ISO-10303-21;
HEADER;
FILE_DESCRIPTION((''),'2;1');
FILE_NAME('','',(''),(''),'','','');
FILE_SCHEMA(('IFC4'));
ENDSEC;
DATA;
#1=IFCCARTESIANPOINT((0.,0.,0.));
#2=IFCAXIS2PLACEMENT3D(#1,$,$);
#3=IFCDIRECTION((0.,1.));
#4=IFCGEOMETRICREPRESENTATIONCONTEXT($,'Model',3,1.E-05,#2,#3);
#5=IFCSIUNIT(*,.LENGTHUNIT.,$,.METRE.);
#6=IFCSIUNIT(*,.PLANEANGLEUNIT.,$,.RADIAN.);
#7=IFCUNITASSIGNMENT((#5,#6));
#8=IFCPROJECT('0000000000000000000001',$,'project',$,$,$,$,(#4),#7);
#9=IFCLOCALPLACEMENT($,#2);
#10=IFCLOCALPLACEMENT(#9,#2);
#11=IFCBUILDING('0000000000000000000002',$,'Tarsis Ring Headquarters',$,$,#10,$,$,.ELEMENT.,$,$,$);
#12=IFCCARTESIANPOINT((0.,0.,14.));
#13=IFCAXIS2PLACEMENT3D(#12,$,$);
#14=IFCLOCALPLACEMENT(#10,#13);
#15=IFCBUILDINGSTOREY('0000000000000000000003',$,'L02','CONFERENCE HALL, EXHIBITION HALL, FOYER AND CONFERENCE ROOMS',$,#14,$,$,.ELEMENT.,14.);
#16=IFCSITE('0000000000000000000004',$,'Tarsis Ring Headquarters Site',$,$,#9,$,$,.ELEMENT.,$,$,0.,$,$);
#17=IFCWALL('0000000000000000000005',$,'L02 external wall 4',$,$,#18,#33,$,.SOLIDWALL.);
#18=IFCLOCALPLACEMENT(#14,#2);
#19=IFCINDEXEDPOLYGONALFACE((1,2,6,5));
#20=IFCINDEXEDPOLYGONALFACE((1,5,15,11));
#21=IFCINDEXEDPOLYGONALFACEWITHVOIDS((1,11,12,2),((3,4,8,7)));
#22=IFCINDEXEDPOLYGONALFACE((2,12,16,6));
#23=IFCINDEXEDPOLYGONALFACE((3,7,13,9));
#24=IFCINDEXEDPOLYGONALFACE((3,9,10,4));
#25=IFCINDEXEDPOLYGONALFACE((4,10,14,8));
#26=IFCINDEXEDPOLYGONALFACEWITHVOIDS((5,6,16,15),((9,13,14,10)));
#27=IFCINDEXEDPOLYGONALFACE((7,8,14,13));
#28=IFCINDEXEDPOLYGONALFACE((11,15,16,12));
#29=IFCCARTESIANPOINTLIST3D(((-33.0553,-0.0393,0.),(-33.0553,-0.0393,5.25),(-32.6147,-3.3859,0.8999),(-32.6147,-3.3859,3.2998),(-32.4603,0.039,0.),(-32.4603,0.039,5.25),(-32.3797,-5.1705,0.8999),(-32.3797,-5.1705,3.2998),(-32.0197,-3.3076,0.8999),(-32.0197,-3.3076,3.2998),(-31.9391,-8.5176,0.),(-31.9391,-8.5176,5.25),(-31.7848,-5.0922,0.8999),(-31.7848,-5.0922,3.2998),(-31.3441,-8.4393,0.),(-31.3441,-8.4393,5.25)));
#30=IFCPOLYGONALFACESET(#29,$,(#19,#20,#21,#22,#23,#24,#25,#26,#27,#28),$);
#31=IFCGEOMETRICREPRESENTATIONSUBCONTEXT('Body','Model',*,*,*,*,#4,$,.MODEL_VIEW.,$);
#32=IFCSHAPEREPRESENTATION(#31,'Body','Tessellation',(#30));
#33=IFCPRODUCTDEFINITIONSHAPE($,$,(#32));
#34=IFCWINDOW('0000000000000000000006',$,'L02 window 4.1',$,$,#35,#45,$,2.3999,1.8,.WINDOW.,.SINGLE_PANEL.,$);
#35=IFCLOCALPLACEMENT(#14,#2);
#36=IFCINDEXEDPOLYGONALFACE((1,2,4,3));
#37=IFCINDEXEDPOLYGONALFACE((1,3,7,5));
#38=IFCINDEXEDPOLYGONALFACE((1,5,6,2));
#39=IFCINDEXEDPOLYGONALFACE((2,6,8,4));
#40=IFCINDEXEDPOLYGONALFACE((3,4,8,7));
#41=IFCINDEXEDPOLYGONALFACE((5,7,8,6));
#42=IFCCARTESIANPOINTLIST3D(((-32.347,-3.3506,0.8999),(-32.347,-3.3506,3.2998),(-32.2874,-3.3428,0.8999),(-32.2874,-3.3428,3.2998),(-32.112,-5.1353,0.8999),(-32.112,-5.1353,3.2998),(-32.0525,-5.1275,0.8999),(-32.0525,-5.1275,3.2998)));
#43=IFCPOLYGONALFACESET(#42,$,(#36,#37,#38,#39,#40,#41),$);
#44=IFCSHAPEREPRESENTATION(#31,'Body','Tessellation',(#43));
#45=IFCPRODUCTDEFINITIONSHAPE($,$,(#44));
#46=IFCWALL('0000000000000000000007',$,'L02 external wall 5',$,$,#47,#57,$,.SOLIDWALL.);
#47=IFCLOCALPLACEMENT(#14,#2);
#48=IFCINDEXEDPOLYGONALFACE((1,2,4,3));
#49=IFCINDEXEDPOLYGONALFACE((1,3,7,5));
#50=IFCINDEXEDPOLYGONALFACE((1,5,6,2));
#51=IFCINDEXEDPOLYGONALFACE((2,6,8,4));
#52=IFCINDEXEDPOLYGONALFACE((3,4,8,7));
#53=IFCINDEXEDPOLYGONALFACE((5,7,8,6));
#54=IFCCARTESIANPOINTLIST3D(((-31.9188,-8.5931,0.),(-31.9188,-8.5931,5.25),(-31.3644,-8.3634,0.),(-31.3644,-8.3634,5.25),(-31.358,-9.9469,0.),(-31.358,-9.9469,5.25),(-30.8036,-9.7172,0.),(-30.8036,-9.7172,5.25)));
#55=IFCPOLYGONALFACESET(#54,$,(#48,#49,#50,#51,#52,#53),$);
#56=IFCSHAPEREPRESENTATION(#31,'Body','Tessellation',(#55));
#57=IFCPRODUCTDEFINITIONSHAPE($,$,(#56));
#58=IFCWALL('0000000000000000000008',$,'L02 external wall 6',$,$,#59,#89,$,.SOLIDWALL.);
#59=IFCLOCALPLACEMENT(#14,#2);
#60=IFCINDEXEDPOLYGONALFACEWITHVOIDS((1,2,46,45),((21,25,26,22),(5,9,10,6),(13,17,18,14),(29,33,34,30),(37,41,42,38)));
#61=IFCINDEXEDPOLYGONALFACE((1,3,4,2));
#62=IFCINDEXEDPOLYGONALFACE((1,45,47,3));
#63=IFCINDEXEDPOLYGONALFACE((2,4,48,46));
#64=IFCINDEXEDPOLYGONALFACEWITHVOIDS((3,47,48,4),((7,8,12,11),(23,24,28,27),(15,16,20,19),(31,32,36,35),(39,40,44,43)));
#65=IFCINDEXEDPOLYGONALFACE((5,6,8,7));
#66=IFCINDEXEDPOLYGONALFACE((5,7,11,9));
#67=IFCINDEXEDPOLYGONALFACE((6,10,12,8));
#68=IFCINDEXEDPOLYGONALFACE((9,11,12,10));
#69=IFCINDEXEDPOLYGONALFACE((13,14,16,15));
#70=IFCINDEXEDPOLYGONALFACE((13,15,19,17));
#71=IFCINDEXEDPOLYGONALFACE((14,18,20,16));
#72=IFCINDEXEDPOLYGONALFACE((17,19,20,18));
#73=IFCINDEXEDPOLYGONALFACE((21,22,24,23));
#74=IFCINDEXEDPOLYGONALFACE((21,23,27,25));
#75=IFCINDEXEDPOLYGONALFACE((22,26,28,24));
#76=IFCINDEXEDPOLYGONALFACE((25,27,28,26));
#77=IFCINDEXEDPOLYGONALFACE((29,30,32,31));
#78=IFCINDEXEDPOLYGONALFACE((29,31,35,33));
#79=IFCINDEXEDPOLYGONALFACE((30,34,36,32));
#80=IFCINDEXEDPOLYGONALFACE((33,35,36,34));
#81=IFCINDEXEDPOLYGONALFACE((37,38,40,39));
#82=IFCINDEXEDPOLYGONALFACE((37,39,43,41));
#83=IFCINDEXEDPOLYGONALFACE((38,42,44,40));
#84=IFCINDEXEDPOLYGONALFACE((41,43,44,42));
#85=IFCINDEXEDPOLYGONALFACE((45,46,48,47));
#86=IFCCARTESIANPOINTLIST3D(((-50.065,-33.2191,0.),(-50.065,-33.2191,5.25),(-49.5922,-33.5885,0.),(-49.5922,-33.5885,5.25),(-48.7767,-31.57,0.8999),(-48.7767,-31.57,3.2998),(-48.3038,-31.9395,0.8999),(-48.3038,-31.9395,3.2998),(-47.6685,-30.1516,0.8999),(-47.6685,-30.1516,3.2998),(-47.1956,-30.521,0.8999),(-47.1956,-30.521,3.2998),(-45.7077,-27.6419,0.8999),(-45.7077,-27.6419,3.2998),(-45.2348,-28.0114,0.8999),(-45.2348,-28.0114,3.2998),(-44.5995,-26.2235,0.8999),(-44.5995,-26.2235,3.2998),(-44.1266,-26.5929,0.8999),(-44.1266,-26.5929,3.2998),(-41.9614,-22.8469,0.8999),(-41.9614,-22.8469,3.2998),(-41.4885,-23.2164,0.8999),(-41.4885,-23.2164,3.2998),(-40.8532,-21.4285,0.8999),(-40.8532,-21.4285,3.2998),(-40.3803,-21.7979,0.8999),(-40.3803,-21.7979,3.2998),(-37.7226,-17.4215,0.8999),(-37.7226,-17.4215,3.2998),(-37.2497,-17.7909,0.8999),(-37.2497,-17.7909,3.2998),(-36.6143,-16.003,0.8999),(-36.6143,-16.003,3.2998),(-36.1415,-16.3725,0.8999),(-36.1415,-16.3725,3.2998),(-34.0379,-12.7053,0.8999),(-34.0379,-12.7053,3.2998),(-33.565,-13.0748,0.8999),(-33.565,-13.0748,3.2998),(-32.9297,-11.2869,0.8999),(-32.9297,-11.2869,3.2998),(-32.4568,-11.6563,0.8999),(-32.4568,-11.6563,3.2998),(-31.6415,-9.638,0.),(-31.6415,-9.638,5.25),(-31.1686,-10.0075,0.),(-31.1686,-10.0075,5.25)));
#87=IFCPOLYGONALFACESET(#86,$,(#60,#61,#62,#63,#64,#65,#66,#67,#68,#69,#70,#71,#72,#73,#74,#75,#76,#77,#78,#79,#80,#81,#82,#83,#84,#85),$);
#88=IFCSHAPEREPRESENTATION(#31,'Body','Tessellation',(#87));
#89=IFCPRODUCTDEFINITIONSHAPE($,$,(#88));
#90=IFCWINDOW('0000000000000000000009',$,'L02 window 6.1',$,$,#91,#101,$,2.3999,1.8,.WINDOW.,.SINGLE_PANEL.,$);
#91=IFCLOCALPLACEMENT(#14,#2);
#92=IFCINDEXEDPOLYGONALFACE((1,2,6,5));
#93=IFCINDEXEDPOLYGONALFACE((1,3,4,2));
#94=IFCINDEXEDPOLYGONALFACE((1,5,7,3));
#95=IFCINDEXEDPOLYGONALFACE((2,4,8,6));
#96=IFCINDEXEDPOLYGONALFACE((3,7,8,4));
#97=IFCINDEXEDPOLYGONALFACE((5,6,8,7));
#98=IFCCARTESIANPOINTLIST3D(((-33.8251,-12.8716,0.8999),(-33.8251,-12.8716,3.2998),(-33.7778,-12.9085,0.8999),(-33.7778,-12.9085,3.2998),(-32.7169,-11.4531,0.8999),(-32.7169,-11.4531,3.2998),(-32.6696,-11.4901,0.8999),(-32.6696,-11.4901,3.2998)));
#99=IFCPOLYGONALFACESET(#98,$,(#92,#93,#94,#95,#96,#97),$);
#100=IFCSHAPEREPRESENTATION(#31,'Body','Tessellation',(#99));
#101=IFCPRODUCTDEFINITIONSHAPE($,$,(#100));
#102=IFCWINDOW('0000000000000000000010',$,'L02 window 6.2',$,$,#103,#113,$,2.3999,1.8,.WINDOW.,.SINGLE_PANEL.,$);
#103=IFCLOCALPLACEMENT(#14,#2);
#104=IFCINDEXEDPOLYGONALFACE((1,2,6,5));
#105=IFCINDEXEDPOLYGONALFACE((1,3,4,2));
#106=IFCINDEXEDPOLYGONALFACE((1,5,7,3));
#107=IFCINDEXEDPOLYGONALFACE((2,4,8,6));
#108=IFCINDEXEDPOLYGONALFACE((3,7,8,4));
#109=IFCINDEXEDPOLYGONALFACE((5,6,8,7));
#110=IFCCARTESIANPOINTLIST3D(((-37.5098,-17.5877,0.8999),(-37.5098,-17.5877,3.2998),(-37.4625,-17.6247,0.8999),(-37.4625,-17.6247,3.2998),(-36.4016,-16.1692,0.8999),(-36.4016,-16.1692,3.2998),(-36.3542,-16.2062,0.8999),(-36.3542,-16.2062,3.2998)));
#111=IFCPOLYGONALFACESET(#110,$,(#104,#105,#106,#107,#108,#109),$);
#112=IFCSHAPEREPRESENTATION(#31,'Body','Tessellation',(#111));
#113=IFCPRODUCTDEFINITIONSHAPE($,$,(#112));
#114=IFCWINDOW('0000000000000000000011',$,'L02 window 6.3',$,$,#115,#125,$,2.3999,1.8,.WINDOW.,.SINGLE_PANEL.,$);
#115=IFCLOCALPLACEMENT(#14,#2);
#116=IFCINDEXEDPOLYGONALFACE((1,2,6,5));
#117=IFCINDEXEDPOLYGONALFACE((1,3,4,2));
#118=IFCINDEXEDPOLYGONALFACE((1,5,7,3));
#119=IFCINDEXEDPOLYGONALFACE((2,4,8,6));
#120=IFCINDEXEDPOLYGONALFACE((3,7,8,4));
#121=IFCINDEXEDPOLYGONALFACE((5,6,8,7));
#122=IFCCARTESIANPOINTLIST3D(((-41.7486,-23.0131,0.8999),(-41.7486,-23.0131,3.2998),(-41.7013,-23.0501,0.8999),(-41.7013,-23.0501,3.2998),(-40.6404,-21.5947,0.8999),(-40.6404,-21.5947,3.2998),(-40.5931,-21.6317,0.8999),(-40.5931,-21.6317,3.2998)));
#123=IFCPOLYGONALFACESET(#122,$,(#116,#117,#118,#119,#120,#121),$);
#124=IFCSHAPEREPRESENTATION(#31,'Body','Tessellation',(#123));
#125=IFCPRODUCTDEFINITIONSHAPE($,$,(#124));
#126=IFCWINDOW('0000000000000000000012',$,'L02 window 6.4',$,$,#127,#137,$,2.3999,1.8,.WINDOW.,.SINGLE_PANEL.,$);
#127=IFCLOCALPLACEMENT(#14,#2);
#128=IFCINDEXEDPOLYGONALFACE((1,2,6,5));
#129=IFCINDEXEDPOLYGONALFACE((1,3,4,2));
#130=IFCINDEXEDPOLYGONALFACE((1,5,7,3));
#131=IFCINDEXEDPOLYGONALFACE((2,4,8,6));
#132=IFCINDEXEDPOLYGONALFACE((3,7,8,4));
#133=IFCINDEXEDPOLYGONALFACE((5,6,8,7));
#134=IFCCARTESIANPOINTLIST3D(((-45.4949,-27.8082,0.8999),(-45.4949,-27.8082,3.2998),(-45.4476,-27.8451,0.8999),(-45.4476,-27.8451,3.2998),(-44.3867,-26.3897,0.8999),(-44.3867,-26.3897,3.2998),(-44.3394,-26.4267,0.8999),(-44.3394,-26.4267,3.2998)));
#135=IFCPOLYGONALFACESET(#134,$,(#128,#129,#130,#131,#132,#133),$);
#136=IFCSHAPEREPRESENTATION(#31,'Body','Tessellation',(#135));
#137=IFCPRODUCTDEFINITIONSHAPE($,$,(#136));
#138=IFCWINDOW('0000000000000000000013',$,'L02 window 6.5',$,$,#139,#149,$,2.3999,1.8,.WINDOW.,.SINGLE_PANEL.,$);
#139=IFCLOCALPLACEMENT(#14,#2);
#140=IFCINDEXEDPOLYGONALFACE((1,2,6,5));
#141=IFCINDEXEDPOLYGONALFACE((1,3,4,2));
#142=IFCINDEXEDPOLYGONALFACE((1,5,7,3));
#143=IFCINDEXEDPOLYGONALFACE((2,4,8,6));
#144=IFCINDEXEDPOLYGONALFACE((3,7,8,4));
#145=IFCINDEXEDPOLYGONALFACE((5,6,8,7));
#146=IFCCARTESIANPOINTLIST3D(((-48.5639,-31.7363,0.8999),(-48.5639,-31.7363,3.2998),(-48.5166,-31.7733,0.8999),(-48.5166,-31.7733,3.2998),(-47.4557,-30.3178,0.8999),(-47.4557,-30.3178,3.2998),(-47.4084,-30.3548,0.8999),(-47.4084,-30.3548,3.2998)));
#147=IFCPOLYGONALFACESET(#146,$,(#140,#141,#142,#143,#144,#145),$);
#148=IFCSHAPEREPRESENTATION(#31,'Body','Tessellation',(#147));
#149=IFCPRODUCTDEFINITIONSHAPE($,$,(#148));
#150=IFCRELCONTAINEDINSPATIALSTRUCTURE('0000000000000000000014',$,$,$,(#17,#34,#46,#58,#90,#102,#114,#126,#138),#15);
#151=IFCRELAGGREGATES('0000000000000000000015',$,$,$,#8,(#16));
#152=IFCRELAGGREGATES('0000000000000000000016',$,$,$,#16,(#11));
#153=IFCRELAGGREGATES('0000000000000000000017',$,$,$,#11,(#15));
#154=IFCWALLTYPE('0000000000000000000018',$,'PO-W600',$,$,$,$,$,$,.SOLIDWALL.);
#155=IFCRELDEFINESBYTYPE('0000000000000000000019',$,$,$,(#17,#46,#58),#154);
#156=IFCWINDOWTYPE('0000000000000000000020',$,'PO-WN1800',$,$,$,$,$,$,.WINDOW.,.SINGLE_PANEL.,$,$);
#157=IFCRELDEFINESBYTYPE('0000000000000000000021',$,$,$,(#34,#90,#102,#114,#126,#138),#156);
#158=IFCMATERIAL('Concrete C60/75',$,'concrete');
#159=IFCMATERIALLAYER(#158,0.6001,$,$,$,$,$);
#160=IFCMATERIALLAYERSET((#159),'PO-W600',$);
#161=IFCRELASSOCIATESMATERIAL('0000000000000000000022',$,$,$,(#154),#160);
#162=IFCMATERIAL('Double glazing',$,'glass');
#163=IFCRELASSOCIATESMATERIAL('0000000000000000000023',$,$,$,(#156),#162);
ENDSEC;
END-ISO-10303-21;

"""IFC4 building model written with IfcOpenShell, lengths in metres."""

from ifc_helpers import new_model, si_unit, direction, frame, frame_2d, origin, place, context, subcontext, project, spatial, rectangle, extrude, material, layer, layer_set, type_object, element, fill, save


model = new_model("IFC4")

# Units and contexts
model_context = context("Model", 3, precision=1e-05, world=origin(), true_north=direction((0.0, 1.0)))
body_context = subcontext(model_context, "Body", "Model", "MODEL_VIEW")
ifc_project = project(units=[si_unit("LENGTHUNIT", "METRE"), si_unit("PLANEANGLEUNIT", "RADIAN")], contexts=[model_context])

# Site, building, storey
site_placement = place(None, origin())
site = spatial("IfcSite", under=ifc_project, at=site_placement, Name="Tarsis Ring Headquarters Site", CompositionType="ELEMENT", RefElevation=0.0)
building_placement = place(site_placement, origin())
building = spatial("IfcBuilding", under=site, at=building_placement, Name="Tarsis Ring Headquarters", CompositionType="ELEMENT")
storey_placement = place(building_placement, frame((0.0, 0.0, 14.0)))
storey = spatial("IfcBuildingStorey", under=building, at=storey_placement, Name="L02", Description="CONFERENCE HALL, EXHIBITION HALL, FOYER AND CONFERENCE ROOMS", CompositionType="ELEMENT", Elevation=14.0)

# Wall, opening, window
ifc_material_1 = material(Name="Concrete C60/75", Category="concrete")
ifc_layer_1 = layer(ifc_material_1, 0.6001)
ifc_layer_set_1 = layer_set([ifc_layer_1], Name="PO-W600")
wall_type_1 = type_object("IfcWallType", Name="PO-W600", PredefinedType="SOLIDWALL", material=ifc_layer_set_1)
wall_1_placement = place(storey_placement, frame((-32.7578, 0.0, 0.0), z_axis=(0.0, 0.0, 1.0), x_axis=(0.130529, -0.991444, 0.0)))
wall_1 = element("IfcWall", 1, at=wall_1_placement, inside=storey, type_object=wall_type_1, Name="L02 external wall 4", PredefinedType="SOLIDWALL", context=body_context, shape_type="SweptSolid", body=[
    extrude(rectangle(XDim=8.5515, YDim=0.6001, at=frame_2d((4.2759, 0.0))), origin(), (0.0, 0.0, 1.0), 5.25),
])
opening_1_placement = place(wall_1_placement, frame((3.3757, 0.0, 0.8999)))
opening_1 = element("IfcOpeningElement", 2, at=opening_1_placement, cuts=wall_1, PredefinedType="OPENING", context=body_context, shape_type="SweptSolid", body=[
    extrude(rectangle(XDim=1.8, YDim=2.3999, at=frame_2d((0.8999, 1.2))), frame((0.0, 0.3101, 0.0), z_axis=(0.0, -1.0, 0.0), x_axis=(1.0, 0.0, 0.0)), (0.0, 0.0, 1.0), 0.6201),
])
ifc_material_2 = material(Name="Double glazing", Category="glass")
window_type = type_object("IfcWindowType", Name="PO-WN1800", PartitioningType="SINGLE_PANEL", PredefinedType="WINDOW", material=ifc_material_2)
window_1_placement = place(opening_1_placement, origin())
window_1 = element("IfcWindow", 3, at=window_1_placement, inside=storey, type_object=window_type, Name="L02 window 4.1", OverallHeight=2.3999, OverallWidth=1.8, PartitioningType="SINGLE_PANEL", PredefinedType="WINDOW", context=body_context, shape_type="SweptSolid", body=[
    extrude(rectangle(XDim=1.8, YDim=2.3999, at=frame_2d((0.8999, 1.2))), frame((0.0, 0.03, 0.0), z_axis=(0.0, -1.0, 0.0), x_axis=(1.0, 0.0, 0.0)), (0.0, 0.0, 1.0), 0.0601),
])
fill(opening_1, window_1)

# Wall
wall_2_placement = place(storey_placement, frame((-31.6416, -8.4783, 0.0), z_axis=(0.0, 0.0, 1.0), x_axis=(0.38271, -0.923869, 0.0)))
element("IfcWall", 4, at=wall_2_placement, inside=storey, type_object=wall_type_1, Name="L02 external wall 5", PredefinedType="SOLIDWALL", context=body_context, shape_type="SweptSolid", body=[
    extrude(rectangle(XDim=1.4653, YDim=0.6001, at=frame_2d((0.7327, 0.0))), origin(), (0.0, 0.0, 1.0), 5.25),
])

# Wall, openings, windows
wall_3_placement = place(storey_placement, frame((-31.405, -9.8228, 0.0), z_axis=(0.0, 0.0, 1.0), x_axis=(-0.615662, -0.78801, 0.0)))
wall_3 = element("IfcWall", 5, at=wall_3_placement, inside=storey, type_object=wall_type_1, Name="L02 external wall 6", PredefinedType="SOLIDWALL", context=body_context, shape_type="SweptSolid", body=[
    extrude(rectangle(XDim=29.9248, YDim=0.6001, at=frame_2d((14.9624, 0.0))), origin(), (0.0, 0.0, 1.0), 5.25),
])
opening_2_placement = place(wall_3_placement, frame((2.0925, 0.0, 0.8999)))
opening_2 = element("IfcOpeningElement", 6, at=opening_2_placement, cuts=wall_3, PredefinedType="OPENING", context=body_context, shape_type="SweptSolid", body=[
    extrude(rectangle(XDim=1.8, YDim=2.3999, at=frame_2d((0.8999, 1.2))), frame((0.0, 0.3101, 0.0), z_axis=(0.0, -1.0, 0.0), x_axis=(1.0, 0.0, 0.0)), (0.0, 0.0, 1.0), 0.6201),
])
opening_3_placement = place(wall_3_placement, frame((8.0774, 0.0, 0.8999)))
opening_3 = element("IfcOpeningElement", 7, at=opening_3_placement, cuts=wall_3, PredefinedType="OPENING", context=body_context, shape_type="SweptSolid", body=[
    extrude(rectangle(XDim=1.8, YDim=2.3999, at=frame_2d((0.8999, 1.2))), frame((0.0, 0.3101, 0.0), z_axis=(0.0, -1.0, 0.0), x_axis=(1.0, 0.0, 0.0)), (0.0, 0.0, 1.0), 0.6201),
])
opening_4_placement = place(wall_3_placement, frame((14.9624, 0.0, 0.8999)))
opening_4 = element("IfcOpeningElement", 8, at=opening_4_placement, cuts=wall_3, PredefinedType="OPENING", context=body_context, shape_type="SweptSolid", body=[
    extrude(rectangle(XDim=1.8, YDim=2.3999, at=frame_2d((0.8999, 1.2))), frame((0.0, 0.3101, 0.0), z_axis=(0.0, -1.0, 0.0), x_axis=(1.0, 0.0, 0.0)), (0.0, 0.0, 1.0), 0.6201),
])
opening_5_placement = place(wall_3_placement, frame((21.0474, 0.0, 0.8999)))
opening_5 = element("IfcOpeningElement", 9, at=opening_5_placement, cuts=wall_3, PredefinedType="OPENING", context=body_context, shape_type="SweptSolid", body=[
    extrude(rectangle(XDim=1.8, YDim=2.3999, at=frame_2d((0.8999, 1.2))), frame((0.0, 0.3101, 0.0), z_axis=(0.0, -1.0, 0.0), x_axis=(1.0, 0.0, 0.0)), (0.0, 0.0, 1.0), 0.6201),
])
opening_6_placement = place(wall_3_placement, frame((26.0322, 0.0, 0.8999)))
opening_6 = element("IfcOpeningElement", 10, at=opening_6_placement, cuts=wall_3, PredefinedType="OPENING", context=body_context, shape_type="SweptSolid", body=[
    extrude(rectangle(XDim=1.8, YDim=2.3999, at=frame_2d((0.8999, 1.2))), frame((0.0, 0.3101, 0.0), z_axis=(0.0, -1.0, 0.0), x_axis=(1.0, 0.0, 0.0)), (0.0, 0.0, 1.0), 0.6201),
])
window_2_placement = place(opening_2_placement, origin())
window_2 = element("IfcWindow", 11, at=window_2_placement, inside=storey, type_object=window_type, Name="L02 window 6.1", OverallHeight=2.3999, OverallWidth=1.8, PartitioningType="SINGLE_PANEL", PredefinedType="WINDOW", context=body_context, shape_type="SweptSolid", body=[
    extrude(rectangle(XDim=1.8, YDim=2.3999, at=frame_2d((0.8999, 1.2))), frame((0.0, 0.03, 0.0), z_axis=(0.0, -1.0, 0.0), x_axis=(1.0, 0.0, 0.0)), (0.0, 0.0, 1.0), 0.0601),
])
fill(opening_2, window_2)
window_3_placement = place(opening_3_placement, origin())
window_3 = element("IfcWindow", 12, at=window_3_placement, inside=storey, type_object=window_type, Name="L02 window 6.2", OverallHeight=2.3999, OverallWidth=1.8, PartitioningType="SINGLE_PANEL", PredefinedType="WINDOW", context=body_context, shape_type="SweptSolid", body=[
    extrude(rectangle(XDim=1.8, YDim=2.3999, at=frame_2d((0.8999, 1.2))), frame((0.0, 0.03, 0.0), z_axis=(0.0, -1.0, 0.0), x_axis=(1.0, 0.0, 0.0)), (0.0, 0.0, 1.0), 0.0601),
])
fill(opening_3, window_3)
window_4_placement = place(opening_4_placement, origin())
window_4 = element("IfcWindow", 13, at=window_4_placement, inside=storey, type_object=window_type, Name="L02 window 6.3", OverallHeight=2.3999, OverallWidth=1.8, PartitioningType="SINGLE_PANEL", PredefinedType="WINDOW", context=body_context, shape_type="SweptSolid", body=[
    extrude(rectangle(XDim=1.8, YDim=2.3999, at=frame_2d((0.8999, 1.2))), frame((0.0, 0.03, 0.0), z_axis=(0.0, -1.0, 0.0), x_axis=(1.0, 0.0, 0.0)), (0.0, 0.0, 1.0), 0.0601),
])
fill(opening_4, window_4)
window_5_placement = place(opening_5_placement, origin())
window_5 = element("IfcWindow", 14, at=window_5_placement, inside=storey, type_object=window_type, Name="L02 window 6.4", OverallHeight=2.3999, OverallWidth=1.8, PartitioningType="SINGLE_PANEL", PredefinedType="WINDOW", context=body_context, shape_type="SweptSolid", body=[
    extrude(rectangle(XDim=1.8, YDim=2.3999, at=frame_2d((0.8999, 1.2))), frame((0.0, 0.03, 0.0), z_axis=(0.0, -1.0, 0.0), x_axis=(1.0, 0.0, 0.0)), (0.0, 0.0, 1.0), 0.0601),
])
fill(opening_5, window_5)
window_6_placement = place(opening_6_placement, origin())
window_6 = element("IfcWindow", 15, at=window_6_placement, inside=storey, type_object=window_type, Name="L02 window 6.5", OverallHeight=2.3999, OverallWidth=1.8, PartitioningType="SINGLE_PANEL", PredefinedType="WINDOW", context=body_context, shape_type="SweptSolid", body=[
    extrude(rectangle(XDim=1.8, YDim=2.3999, at=frame_2d((0.8999, 1.2))), frame((0.0, 0.03, 0.0), z_axis=(0.0, -1.0, 0.0), x_axis=(1.0, 0.0, 0.0)), (0.0, 0.0, 1.0), 0.0601),
])
fill(opening_6, window_6)

save(model, "model.ifc")
